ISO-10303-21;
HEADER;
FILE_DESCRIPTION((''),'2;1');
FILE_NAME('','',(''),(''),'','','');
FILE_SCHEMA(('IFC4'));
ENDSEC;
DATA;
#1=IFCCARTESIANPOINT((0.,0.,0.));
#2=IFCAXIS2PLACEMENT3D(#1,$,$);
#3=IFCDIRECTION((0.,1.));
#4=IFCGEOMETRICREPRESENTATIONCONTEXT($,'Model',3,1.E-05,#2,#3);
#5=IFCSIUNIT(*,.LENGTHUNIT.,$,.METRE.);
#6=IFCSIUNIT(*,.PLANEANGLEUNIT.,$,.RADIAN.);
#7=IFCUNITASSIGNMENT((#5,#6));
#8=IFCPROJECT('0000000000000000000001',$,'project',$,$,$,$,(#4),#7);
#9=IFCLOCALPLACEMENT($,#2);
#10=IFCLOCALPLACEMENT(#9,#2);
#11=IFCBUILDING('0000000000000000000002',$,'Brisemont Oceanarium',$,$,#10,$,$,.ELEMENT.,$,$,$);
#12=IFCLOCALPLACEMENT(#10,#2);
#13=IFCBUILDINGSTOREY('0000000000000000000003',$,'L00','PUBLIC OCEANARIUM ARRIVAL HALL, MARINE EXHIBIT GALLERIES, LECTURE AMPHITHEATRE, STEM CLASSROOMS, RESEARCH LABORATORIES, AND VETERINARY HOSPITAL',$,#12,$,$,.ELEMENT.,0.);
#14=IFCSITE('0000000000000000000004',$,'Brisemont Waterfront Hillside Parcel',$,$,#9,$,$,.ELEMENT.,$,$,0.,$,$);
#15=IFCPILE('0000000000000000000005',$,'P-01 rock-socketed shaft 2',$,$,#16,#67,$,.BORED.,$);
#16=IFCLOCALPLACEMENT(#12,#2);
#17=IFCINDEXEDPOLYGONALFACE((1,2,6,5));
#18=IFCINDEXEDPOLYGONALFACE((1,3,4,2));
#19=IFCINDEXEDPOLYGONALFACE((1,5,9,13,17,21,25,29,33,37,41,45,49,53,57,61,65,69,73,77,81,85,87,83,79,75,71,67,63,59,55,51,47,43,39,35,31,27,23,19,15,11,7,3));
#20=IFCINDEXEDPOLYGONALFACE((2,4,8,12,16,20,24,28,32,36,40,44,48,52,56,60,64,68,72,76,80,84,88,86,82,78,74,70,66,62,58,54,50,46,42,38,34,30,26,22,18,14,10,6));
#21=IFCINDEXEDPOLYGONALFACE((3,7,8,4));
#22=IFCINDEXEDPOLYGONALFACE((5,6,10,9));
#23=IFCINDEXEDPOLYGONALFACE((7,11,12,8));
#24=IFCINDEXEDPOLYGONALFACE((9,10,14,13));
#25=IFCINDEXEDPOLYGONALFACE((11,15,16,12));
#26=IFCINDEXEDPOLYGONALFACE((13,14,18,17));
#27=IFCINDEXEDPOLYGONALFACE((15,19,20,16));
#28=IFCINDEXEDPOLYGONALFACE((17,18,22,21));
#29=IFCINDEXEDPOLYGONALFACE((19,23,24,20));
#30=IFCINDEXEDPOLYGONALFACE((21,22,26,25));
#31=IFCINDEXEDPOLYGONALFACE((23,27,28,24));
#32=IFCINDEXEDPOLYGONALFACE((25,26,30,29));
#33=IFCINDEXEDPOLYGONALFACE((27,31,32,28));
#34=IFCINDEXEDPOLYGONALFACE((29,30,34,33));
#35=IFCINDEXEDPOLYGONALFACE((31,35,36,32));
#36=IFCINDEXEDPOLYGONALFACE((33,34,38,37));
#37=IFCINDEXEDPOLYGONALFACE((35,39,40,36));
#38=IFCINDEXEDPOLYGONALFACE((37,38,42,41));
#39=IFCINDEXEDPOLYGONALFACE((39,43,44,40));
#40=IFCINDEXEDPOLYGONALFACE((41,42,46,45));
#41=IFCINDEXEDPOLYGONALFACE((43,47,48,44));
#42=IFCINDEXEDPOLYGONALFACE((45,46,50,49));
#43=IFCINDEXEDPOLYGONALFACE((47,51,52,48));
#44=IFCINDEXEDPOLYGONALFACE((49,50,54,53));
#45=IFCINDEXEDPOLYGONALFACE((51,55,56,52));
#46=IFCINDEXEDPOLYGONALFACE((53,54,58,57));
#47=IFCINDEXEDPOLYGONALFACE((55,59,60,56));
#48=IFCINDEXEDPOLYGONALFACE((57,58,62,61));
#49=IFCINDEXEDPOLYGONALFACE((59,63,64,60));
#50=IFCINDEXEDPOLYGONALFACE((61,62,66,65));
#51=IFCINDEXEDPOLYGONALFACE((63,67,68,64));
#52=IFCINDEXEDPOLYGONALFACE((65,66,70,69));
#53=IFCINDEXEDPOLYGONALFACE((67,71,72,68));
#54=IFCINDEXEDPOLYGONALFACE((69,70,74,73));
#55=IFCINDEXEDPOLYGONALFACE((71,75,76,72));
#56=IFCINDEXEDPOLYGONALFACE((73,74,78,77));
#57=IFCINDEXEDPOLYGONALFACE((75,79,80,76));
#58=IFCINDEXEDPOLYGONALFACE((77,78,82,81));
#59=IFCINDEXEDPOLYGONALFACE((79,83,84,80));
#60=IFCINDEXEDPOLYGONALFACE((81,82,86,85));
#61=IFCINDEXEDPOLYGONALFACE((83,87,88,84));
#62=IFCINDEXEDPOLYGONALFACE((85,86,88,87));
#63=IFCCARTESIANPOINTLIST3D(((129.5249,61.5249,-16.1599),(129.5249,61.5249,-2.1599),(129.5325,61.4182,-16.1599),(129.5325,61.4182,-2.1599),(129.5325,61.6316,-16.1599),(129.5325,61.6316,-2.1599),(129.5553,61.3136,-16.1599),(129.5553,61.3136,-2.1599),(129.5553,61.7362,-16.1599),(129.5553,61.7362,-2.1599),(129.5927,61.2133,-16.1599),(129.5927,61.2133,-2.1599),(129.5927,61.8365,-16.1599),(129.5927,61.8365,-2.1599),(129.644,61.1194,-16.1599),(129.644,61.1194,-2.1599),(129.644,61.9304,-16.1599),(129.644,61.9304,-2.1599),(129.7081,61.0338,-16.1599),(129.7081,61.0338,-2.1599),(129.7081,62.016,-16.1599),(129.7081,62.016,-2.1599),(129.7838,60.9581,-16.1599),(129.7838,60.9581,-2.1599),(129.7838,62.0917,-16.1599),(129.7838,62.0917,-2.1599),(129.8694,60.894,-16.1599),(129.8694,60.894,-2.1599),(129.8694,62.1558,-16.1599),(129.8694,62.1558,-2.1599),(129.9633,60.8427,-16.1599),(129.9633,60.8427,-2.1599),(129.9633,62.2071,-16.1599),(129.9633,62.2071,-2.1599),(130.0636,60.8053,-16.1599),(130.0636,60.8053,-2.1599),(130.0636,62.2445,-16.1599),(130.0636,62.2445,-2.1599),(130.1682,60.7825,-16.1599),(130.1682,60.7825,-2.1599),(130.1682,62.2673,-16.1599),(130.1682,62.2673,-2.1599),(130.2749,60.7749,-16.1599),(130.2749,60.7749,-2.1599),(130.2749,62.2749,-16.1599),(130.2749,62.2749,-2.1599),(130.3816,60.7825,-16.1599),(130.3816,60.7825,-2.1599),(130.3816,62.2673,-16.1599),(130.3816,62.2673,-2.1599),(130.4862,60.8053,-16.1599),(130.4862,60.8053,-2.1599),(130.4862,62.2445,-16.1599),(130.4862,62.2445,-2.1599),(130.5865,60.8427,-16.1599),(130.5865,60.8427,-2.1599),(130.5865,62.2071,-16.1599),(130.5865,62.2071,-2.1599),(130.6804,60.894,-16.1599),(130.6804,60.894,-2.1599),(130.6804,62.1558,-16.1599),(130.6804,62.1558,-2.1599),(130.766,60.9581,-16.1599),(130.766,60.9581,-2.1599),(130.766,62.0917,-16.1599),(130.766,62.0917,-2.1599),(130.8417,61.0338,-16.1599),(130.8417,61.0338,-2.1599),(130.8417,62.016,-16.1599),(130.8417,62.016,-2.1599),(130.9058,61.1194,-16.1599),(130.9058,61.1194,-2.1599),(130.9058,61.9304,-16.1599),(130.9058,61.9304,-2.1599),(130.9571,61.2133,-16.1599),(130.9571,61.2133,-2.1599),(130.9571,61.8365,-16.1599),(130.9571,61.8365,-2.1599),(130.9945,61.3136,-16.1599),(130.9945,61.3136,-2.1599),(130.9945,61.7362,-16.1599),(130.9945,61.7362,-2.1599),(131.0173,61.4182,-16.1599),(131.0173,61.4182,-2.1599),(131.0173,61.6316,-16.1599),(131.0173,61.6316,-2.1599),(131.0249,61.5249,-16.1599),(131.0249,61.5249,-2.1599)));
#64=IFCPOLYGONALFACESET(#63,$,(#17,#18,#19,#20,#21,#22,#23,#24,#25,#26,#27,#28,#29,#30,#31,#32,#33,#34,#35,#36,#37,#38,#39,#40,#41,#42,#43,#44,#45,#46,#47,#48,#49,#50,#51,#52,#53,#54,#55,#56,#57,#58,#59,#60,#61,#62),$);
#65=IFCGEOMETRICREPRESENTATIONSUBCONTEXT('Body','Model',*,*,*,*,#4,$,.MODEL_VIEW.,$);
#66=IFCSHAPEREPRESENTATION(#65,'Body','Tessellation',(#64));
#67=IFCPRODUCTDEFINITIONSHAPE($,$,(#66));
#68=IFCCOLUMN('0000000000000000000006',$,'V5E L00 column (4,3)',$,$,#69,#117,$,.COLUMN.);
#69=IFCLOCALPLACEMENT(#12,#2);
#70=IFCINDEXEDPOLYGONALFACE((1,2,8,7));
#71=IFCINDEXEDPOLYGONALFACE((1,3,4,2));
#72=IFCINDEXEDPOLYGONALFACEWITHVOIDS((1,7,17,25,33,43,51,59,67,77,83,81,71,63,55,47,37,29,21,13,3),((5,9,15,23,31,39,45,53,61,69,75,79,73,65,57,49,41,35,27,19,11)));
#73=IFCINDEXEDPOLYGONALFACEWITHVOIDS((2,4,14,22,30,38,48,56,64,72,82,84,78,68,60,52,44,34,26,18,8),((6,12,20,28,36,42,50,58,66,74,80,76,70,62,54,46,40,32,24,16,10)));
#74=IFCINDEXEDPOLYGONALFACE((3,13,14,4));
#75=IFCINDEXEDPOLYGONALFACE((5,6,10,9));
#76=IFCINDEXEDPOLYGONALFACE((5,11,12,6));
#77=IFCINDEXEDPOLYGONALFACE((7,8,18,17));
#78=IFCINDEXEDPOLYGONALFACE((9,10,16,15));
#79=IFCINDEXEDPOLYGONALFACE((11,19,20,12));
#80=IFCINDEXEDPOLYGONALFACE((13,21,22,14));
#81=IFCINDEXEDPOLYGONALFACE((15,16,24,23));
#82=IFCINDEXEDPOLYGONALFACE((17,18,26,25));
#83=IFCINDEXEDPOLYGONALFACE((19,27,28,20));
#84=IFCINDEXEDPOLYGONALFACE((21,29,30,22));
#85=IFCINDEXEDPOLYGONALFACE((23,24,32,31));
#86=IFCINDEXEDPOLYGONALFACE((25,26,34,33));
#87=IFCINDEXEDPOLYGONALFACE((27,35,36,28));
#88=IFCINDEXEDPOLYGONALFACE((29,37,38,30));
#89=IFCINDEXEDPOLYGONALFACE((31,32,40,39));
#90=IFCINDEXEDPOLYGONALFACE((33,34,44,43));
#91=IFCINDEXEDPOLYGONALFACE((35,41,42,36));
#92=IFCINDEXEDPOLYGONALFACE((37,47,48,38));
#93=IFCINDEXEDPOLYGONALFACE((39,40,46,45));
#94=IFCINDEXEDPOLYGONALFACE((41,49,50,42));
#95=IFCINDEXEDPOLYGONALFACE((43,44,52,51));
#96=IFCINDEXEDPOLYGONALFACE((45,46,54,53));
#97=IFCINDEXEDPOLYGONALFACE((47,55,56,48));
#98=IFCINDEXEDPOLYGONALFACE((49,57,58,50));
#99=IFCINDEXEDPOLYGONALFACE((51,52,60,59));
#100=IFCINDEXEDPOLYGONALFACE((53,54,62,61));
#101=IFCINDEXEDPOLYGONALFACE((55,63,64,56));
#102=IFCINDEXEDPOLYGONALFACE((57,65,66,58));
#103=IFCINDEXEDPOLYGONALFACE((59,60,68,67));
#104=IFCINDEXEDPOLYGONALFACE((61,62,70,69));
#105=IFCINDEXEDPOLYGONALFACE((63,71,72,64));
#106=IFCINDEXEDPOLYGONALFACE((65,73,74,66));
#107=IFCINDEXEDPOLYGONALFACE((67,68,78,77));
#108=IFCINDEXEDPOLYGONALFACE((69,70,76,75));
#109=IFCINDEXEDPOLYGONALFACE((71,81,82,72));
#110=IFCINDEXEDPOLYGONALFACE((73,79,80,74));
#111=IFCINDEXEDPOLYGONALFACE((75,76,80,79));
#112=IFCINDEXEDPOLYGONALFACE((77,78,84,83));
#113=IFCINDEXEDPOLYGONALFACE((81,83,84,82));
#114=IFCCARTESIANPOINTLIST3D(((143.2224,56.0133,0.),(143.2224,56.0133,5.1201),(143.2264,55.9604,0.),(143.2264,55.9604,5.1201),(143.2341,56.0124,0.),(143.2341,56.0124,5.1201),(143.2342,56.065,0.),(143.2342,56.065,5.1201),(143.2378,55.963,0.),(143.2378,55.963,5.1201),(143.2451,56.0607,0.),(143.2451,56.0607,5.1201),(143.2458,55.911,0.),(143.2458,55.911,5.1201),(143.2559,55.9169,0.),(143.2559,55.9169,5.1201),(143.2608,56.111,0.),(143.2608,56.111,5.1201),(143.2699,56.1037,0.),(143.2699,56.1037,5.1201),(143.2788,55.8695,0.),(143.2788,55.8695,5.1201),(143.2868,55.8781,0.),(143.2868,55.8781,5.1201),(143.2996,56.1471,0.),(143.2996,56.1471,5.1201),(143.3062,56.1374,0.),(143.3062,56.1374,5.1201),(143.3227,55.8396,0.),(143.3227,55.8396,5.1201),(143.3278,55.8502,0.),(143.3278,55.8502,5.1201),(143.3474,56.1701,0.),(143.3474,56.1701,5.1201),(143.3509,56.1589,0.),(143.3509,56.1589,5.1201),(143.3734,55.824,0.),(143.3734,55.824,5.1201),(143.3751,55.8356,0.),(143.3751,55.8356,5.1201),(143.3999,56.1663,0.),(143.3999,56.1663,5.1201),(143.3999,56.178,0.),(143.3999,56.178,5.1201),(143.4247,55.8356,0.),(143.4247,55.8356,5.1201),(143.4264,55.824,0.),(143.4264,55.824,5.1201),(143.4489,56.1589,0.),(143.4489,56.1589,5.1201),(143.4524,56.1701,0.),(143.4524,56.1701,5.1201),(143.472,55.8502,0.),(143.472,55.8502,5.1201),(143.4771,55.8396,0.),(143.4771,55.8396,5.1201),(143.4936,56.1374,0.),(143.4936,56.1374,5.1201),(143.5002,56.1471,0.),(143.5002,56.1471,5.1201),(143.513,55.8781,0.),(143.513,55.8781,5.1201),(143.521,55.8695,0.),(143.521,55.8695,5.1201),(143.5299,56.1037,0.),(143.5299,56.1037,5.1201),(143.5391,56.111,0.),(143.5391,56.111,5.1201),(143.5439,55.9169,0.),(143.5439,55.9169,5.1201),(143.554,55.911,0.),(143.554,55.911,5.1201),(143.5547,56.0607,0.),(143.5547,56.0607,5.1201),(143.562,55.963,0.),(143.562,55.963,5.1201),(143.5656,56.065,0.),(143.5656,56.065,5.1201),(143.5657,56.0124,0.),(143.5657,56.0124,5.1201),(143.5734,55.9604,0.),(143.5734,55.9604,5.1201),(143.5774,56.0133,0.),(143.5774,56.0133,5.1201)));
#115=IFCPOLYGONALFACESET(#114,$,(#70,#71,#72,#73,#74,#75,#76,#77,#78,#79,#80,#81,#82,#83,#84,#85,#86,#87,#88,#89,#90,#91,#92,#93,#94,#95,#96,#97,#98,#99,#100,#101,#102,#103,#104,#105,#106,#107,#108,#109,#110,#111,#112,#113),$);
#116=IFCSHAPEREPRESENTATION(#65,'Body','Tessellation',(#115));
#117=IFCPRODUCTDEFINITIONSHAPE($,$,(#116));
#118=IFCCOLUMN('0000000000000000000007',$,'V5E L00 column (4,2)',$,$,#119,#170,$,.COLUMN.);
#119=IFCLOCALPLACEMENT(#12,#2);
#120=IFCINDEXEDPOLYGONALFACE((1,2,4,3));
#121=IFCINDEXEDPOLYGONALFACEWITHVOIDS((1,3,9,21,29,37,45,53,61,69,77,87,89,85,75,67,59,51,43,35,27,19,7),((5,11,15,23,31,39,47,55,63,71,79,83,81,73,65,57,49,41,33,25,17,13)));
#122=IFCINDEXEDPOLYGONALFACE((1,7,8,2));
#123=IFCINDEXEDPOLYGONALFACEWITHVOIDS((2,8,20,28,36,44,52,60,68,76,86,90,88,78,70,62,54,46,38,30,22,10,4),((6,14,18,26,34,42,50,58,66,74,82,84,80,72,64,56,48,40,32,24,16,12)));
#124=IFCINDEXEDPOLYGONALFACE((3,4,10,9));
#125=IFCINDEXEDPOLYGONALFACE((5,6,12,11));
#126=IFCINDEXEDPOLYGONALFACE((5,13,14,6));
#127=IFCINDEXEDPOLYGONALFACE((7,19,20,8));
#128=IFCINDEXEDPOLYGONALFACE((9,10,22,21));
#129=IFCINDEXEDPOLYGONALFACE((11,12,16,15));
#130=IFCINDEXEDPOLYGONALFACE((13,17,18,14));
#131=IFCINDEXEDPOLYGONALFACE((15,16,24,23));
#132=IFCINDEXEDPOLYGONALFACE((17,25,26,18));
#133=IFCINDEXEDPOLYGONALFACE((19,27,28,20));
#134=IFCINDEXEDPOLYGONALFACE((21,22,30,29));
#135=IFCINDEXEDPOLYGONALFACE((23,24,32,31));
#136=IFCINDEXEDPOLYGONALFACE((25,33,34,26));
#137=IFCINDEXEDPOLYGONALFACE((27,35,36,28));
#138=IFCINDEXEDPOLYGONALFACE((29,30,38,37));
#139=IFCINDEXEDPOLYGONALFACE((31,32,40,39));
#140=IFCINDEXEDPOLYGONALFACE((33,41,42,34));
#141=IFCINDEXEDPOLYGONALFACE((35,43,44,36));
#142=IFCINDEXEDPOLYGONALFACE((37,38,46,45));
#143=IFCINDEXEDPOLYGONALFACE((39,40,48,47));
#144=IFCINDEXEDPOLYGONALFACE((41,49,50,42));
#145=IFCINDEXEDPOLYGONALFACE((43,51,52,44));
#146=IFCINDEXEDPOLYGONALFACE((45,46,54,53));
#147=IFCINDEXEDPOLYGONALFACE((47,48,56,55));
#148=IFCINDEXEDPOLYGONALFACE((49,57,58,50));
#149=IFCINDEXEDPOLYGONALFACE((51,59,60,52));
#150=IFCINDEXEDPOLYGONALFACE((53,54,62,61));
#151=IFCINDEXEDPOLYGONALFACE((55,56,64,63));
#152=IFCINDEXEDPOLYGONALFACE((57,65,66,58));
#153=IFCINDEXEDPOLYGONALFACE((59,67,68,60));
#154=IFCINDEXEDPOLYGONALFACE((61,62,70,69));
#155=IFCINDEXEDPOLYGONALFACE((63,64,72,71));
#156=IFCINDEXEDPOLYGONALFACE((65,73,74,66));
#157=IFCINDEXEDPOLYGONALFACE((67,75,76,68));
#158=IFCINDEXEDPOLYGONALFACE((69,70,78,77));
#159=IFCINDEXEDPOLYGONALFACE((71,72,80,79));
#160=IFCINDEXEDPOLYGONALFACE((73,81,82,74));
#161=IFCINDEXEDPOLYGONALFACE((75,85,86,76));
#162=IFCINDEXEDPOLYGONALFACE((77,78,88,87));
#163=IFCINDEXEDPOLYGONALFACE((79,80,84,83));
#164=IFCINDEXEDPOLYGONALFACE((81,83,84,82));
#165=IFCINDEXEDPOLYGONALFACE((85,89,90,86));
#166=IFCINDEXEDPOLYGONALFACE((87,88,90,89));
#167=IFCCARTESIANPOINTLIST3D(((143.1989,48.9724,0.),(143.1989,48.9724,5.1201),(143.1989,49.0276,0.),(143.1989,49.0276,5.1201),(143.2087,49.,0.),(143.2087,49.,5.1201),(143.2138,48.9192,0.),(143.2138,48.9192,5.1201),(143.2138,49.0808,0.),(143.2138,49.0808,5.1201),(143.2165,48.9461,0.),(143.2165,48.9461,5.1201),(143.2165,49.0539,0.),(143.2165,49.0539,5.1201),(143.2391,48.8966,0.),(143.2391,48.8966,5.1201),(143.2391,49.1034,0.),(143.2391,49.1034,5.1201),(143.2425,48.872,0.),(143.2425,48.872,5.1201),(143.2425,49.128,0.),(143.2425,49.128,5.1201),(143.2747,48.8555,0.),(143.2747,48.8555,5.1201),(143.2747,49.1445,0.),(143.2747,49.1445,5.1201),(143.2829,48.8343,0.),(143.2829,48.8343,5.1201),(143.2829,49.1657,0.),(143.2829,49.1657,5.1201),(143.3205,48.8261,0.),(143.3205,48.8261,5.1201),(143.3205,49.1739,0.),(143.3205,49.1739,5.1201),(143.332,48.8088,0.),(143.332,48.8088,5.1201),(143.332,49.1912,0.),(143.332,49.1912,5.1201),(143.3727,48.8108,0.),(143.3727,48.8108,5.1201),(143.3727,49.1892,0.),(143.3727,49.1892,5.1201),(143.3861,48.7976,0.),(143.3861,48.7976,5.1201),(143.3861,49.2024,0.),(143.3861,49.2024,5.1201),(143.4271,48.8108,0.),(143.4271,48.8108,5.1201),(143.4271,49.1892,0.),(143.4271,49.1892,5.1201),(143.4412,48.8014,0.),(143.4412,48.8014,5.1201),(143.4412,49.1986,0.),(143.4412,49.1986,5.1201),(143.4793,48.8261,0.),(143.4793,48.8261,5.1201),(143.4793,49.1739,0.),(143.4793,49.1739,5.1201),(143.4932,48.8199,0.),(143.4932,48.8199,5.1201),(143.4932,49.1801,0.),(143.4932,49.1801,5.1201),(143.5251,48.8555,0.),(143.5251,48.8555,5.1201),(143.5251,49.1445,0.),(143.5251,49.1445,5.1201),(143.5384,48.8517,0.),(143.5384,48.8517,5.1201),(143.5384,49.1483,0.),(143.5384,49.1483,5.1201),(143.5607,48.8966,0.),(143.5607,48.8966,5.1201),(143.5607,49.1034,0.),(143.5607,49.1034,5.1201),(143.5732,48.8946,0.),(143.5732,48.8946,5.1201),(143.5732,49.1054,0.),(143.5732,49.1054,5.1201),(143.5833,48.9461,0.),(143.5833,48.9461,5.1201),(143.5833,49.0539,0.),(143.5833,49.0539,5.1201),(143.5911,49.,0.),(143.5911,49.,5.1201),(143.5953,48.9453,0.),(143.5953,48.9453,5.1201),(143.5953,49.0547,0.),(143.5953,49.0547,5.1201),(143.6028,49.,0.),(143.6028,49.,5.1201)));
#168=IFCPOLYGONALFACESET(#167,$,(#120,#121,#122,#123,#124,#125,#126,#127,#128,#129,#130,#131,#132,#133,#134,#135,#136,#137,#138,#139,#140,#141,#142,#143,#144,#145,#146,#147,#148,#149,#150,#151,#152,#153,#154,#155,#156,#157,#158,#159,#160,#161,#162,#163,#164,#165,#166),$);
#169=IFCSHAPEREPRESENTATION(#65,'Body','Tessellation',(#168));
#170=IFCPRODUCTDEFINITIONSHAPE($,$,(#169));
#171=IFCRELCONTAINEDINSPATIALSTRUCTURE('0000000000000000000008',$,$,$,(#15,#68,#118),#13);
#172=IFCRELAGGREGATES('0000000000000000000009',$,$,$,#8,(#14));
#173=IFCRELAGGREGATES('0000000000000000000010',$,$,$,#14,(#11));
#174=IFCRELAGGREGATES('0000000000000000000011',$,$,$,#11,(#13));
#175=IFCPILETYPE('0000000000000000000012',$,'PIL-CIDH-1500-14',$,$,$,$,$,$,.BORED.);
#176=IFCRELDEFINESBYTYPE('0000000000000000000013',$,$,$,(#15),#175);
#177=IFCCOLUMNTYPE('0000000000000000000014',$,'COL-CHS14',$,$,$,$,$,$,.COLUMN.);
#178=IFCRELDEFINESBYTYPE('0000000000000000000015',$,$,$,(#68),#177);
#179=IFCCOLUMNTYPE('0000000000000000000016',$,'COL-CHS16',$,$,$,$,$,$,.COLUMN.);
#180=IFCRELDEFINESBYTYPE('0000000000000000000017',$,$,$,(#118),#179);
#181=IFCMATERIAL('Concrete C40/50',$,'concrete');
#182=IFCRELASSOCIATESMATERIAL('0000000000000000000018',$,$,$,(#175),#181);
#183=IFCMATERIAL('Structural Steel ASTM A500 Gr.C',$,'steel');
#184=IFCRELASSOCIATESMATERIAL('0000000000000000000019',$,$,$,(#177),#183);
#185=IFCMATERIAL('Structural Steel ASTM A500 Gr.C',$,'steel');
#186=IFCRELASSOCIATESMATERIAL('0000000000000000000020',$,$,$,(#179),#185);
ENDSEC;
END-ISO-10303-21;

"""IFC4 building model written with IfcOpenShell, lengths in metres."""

from ifc_helpers import new_model, si_unit, direction, frame, origin, origin_2d, place, context, subcontext, project, spatial, circle, hollow_circle, extrude, material, material_profile, profile_set, type_object, element, save


model = new_model("IFC4")

# Units and contexts
model_context = context("Model", 3, precision=1e-05, world=origin(), true_north=direction((0.0, 1.0)))
body_context = subcontext(model_context, "Body", "Model", "MODEL_VIEW")
ifc_project = project(units=[si_unit("LENGTHUNIT", "METRE"), si_unit("PLANEANGLEUNIT", "RADIAN")], contexts=[model_context])

# Site, building, storey
site_placement = place(None, origin())
site = spatial("IfcSite", under=ifc_project, at=site_placement, Name="Brisemont Waterfront Hillside Parcel", CompositionType="ELEMENT", RefElevation=0.0)
building_placement = place(site_placement, origin())
building = spatial("IfcBuilding", under=site, at=building_placement, Name="Brisemont Oceanarium", CompositionType="ELEMENT")
storey_placement = place(building_placement, origin())
storey = spatial("IfcBuildingStorey", under=building, at=storey_placement, Name="L00", Description="PUBLIC OCEANARIUM ARRIVAL HALL, MARINE EXHIBIT GALLERIES, LECTURE AMPHITHEATRE, STEM CLASSROOMS, RESEARCH LABORATORIES, AND VETERINARY HOSPITAL", CompositionType="ELEMENT", Elevation=0.0)

# Pile
ifc_material_1 = material(Name="Concrete C40/50", Category="concrete")
ifc_material_profile_1 = material_profile(ifc_material_1, circle(Radius=0.75, at=origin_2d()), Name="CIDH-D1500")
ifc_profile_set_1 = profile_set([ifc_material_profile_1], Name="Concrete C40/50")
pile_type_1 = type_object("IfcPileType", Name="PIL-CIDH-1500-14", PredefinedType="BORED", material=ifc_profile_set_1)
pile_placement = place(storey_placement, frame((130.2749, 61.5249, -2.1599), z_axis=(0.0, 0.0, -1.0), x_axis=(1.0, 0.0, 0.0)))
element("IfcPile", 1, at=pile_placement, inside=storey, type_object=pile_type_1, Name="P-01 rock-socketed shaft 2", PredefinedType="BORED", context=body_context, shape_type="SweptSolid", body=[
    extrude(circle(Radius=0.75, at=origin_2d()), origin(), (0.0, 0.0, 1.0), 14.0),
])

# Columns
ifc_material_2 = material(Name="Structural Steel ASTM A500 Gr.C", Category="steel")
ifc_material_profile_2 = material_profile(ifc_material_2, hollow_circle(Radius=0.178, WallThickness=0.0117, at=origin_2d()), Name="HSS14.000X0.500")
ifc_profile_set_2 = profile_set([ifc_material_profile_2], Name="Structural Steel ASTM A500 Gr.C")
column_type_1 = type_object("IfcColumnType", Name="COL-CHS14", PredefinedType="COLUMN", material=ifc_profile_set_2)
column_1_placement = place(storey_placement, frame((143.3999, 56.0, 0.0), z_axis=(0.0, 0.0, 1.0), x_axis=(0.0, 1.0, 0.0)))
element("IfcColumn", 2, at=column_1_placement, inside=storey, type_object=column_type_1, Name="V5E L00 column (4,3)", PredefinedType="COLUMN", context=body_context, shape_type="SweptSolid", body=[
    extrude(hollow_circle(Radius=0.178, WallThickness=0.0117, at=origin_2d()), origin(), (0.0, 0.0, 1.0), 5.1201),
])
ifc_material_3 = material(Name="Structural Steel ASTM A500 Gr.C", Category="steel")
ifc_material_profile_3 = material_profile(ifc_material_3, hollow_circle(Radius=0.2029, WallThickness=0.0117, at=origin_2d()), Name="HSS16.000X0.500")
ifc_profile_set_3 = profile_set([ifc_material_profile_3], Name="Structural Steel ASTM A500 Gr.C")
column_type_2 = type_object("IfcColumnType", Name="COL-CHS16", PredefinedType="COLUMN", material=ifc_profile_set_3)
column_2_placement = place(storey_placement, frame((143.3999, 49.0, 0.0), z_axis=(0.0, 0.0, 1.0), x_axis=(1.0, 0.0, 0.0)))
element("IfcColumn", 3, at=column_2_placement, inside=storey, type_object=column_type_2, Name="V5E L00 column (4,2)", PredefinedType="COLUMN", context=body_context, shape_type="SweptSolid", body=[
    extrude(hollow_circle(Radius=0.2029, WallThickness=0.0117, at=origin_2d()), origin(), (0.0, 0.0, 1.0), 5.1201),
])

save(model, "model.ifc")
